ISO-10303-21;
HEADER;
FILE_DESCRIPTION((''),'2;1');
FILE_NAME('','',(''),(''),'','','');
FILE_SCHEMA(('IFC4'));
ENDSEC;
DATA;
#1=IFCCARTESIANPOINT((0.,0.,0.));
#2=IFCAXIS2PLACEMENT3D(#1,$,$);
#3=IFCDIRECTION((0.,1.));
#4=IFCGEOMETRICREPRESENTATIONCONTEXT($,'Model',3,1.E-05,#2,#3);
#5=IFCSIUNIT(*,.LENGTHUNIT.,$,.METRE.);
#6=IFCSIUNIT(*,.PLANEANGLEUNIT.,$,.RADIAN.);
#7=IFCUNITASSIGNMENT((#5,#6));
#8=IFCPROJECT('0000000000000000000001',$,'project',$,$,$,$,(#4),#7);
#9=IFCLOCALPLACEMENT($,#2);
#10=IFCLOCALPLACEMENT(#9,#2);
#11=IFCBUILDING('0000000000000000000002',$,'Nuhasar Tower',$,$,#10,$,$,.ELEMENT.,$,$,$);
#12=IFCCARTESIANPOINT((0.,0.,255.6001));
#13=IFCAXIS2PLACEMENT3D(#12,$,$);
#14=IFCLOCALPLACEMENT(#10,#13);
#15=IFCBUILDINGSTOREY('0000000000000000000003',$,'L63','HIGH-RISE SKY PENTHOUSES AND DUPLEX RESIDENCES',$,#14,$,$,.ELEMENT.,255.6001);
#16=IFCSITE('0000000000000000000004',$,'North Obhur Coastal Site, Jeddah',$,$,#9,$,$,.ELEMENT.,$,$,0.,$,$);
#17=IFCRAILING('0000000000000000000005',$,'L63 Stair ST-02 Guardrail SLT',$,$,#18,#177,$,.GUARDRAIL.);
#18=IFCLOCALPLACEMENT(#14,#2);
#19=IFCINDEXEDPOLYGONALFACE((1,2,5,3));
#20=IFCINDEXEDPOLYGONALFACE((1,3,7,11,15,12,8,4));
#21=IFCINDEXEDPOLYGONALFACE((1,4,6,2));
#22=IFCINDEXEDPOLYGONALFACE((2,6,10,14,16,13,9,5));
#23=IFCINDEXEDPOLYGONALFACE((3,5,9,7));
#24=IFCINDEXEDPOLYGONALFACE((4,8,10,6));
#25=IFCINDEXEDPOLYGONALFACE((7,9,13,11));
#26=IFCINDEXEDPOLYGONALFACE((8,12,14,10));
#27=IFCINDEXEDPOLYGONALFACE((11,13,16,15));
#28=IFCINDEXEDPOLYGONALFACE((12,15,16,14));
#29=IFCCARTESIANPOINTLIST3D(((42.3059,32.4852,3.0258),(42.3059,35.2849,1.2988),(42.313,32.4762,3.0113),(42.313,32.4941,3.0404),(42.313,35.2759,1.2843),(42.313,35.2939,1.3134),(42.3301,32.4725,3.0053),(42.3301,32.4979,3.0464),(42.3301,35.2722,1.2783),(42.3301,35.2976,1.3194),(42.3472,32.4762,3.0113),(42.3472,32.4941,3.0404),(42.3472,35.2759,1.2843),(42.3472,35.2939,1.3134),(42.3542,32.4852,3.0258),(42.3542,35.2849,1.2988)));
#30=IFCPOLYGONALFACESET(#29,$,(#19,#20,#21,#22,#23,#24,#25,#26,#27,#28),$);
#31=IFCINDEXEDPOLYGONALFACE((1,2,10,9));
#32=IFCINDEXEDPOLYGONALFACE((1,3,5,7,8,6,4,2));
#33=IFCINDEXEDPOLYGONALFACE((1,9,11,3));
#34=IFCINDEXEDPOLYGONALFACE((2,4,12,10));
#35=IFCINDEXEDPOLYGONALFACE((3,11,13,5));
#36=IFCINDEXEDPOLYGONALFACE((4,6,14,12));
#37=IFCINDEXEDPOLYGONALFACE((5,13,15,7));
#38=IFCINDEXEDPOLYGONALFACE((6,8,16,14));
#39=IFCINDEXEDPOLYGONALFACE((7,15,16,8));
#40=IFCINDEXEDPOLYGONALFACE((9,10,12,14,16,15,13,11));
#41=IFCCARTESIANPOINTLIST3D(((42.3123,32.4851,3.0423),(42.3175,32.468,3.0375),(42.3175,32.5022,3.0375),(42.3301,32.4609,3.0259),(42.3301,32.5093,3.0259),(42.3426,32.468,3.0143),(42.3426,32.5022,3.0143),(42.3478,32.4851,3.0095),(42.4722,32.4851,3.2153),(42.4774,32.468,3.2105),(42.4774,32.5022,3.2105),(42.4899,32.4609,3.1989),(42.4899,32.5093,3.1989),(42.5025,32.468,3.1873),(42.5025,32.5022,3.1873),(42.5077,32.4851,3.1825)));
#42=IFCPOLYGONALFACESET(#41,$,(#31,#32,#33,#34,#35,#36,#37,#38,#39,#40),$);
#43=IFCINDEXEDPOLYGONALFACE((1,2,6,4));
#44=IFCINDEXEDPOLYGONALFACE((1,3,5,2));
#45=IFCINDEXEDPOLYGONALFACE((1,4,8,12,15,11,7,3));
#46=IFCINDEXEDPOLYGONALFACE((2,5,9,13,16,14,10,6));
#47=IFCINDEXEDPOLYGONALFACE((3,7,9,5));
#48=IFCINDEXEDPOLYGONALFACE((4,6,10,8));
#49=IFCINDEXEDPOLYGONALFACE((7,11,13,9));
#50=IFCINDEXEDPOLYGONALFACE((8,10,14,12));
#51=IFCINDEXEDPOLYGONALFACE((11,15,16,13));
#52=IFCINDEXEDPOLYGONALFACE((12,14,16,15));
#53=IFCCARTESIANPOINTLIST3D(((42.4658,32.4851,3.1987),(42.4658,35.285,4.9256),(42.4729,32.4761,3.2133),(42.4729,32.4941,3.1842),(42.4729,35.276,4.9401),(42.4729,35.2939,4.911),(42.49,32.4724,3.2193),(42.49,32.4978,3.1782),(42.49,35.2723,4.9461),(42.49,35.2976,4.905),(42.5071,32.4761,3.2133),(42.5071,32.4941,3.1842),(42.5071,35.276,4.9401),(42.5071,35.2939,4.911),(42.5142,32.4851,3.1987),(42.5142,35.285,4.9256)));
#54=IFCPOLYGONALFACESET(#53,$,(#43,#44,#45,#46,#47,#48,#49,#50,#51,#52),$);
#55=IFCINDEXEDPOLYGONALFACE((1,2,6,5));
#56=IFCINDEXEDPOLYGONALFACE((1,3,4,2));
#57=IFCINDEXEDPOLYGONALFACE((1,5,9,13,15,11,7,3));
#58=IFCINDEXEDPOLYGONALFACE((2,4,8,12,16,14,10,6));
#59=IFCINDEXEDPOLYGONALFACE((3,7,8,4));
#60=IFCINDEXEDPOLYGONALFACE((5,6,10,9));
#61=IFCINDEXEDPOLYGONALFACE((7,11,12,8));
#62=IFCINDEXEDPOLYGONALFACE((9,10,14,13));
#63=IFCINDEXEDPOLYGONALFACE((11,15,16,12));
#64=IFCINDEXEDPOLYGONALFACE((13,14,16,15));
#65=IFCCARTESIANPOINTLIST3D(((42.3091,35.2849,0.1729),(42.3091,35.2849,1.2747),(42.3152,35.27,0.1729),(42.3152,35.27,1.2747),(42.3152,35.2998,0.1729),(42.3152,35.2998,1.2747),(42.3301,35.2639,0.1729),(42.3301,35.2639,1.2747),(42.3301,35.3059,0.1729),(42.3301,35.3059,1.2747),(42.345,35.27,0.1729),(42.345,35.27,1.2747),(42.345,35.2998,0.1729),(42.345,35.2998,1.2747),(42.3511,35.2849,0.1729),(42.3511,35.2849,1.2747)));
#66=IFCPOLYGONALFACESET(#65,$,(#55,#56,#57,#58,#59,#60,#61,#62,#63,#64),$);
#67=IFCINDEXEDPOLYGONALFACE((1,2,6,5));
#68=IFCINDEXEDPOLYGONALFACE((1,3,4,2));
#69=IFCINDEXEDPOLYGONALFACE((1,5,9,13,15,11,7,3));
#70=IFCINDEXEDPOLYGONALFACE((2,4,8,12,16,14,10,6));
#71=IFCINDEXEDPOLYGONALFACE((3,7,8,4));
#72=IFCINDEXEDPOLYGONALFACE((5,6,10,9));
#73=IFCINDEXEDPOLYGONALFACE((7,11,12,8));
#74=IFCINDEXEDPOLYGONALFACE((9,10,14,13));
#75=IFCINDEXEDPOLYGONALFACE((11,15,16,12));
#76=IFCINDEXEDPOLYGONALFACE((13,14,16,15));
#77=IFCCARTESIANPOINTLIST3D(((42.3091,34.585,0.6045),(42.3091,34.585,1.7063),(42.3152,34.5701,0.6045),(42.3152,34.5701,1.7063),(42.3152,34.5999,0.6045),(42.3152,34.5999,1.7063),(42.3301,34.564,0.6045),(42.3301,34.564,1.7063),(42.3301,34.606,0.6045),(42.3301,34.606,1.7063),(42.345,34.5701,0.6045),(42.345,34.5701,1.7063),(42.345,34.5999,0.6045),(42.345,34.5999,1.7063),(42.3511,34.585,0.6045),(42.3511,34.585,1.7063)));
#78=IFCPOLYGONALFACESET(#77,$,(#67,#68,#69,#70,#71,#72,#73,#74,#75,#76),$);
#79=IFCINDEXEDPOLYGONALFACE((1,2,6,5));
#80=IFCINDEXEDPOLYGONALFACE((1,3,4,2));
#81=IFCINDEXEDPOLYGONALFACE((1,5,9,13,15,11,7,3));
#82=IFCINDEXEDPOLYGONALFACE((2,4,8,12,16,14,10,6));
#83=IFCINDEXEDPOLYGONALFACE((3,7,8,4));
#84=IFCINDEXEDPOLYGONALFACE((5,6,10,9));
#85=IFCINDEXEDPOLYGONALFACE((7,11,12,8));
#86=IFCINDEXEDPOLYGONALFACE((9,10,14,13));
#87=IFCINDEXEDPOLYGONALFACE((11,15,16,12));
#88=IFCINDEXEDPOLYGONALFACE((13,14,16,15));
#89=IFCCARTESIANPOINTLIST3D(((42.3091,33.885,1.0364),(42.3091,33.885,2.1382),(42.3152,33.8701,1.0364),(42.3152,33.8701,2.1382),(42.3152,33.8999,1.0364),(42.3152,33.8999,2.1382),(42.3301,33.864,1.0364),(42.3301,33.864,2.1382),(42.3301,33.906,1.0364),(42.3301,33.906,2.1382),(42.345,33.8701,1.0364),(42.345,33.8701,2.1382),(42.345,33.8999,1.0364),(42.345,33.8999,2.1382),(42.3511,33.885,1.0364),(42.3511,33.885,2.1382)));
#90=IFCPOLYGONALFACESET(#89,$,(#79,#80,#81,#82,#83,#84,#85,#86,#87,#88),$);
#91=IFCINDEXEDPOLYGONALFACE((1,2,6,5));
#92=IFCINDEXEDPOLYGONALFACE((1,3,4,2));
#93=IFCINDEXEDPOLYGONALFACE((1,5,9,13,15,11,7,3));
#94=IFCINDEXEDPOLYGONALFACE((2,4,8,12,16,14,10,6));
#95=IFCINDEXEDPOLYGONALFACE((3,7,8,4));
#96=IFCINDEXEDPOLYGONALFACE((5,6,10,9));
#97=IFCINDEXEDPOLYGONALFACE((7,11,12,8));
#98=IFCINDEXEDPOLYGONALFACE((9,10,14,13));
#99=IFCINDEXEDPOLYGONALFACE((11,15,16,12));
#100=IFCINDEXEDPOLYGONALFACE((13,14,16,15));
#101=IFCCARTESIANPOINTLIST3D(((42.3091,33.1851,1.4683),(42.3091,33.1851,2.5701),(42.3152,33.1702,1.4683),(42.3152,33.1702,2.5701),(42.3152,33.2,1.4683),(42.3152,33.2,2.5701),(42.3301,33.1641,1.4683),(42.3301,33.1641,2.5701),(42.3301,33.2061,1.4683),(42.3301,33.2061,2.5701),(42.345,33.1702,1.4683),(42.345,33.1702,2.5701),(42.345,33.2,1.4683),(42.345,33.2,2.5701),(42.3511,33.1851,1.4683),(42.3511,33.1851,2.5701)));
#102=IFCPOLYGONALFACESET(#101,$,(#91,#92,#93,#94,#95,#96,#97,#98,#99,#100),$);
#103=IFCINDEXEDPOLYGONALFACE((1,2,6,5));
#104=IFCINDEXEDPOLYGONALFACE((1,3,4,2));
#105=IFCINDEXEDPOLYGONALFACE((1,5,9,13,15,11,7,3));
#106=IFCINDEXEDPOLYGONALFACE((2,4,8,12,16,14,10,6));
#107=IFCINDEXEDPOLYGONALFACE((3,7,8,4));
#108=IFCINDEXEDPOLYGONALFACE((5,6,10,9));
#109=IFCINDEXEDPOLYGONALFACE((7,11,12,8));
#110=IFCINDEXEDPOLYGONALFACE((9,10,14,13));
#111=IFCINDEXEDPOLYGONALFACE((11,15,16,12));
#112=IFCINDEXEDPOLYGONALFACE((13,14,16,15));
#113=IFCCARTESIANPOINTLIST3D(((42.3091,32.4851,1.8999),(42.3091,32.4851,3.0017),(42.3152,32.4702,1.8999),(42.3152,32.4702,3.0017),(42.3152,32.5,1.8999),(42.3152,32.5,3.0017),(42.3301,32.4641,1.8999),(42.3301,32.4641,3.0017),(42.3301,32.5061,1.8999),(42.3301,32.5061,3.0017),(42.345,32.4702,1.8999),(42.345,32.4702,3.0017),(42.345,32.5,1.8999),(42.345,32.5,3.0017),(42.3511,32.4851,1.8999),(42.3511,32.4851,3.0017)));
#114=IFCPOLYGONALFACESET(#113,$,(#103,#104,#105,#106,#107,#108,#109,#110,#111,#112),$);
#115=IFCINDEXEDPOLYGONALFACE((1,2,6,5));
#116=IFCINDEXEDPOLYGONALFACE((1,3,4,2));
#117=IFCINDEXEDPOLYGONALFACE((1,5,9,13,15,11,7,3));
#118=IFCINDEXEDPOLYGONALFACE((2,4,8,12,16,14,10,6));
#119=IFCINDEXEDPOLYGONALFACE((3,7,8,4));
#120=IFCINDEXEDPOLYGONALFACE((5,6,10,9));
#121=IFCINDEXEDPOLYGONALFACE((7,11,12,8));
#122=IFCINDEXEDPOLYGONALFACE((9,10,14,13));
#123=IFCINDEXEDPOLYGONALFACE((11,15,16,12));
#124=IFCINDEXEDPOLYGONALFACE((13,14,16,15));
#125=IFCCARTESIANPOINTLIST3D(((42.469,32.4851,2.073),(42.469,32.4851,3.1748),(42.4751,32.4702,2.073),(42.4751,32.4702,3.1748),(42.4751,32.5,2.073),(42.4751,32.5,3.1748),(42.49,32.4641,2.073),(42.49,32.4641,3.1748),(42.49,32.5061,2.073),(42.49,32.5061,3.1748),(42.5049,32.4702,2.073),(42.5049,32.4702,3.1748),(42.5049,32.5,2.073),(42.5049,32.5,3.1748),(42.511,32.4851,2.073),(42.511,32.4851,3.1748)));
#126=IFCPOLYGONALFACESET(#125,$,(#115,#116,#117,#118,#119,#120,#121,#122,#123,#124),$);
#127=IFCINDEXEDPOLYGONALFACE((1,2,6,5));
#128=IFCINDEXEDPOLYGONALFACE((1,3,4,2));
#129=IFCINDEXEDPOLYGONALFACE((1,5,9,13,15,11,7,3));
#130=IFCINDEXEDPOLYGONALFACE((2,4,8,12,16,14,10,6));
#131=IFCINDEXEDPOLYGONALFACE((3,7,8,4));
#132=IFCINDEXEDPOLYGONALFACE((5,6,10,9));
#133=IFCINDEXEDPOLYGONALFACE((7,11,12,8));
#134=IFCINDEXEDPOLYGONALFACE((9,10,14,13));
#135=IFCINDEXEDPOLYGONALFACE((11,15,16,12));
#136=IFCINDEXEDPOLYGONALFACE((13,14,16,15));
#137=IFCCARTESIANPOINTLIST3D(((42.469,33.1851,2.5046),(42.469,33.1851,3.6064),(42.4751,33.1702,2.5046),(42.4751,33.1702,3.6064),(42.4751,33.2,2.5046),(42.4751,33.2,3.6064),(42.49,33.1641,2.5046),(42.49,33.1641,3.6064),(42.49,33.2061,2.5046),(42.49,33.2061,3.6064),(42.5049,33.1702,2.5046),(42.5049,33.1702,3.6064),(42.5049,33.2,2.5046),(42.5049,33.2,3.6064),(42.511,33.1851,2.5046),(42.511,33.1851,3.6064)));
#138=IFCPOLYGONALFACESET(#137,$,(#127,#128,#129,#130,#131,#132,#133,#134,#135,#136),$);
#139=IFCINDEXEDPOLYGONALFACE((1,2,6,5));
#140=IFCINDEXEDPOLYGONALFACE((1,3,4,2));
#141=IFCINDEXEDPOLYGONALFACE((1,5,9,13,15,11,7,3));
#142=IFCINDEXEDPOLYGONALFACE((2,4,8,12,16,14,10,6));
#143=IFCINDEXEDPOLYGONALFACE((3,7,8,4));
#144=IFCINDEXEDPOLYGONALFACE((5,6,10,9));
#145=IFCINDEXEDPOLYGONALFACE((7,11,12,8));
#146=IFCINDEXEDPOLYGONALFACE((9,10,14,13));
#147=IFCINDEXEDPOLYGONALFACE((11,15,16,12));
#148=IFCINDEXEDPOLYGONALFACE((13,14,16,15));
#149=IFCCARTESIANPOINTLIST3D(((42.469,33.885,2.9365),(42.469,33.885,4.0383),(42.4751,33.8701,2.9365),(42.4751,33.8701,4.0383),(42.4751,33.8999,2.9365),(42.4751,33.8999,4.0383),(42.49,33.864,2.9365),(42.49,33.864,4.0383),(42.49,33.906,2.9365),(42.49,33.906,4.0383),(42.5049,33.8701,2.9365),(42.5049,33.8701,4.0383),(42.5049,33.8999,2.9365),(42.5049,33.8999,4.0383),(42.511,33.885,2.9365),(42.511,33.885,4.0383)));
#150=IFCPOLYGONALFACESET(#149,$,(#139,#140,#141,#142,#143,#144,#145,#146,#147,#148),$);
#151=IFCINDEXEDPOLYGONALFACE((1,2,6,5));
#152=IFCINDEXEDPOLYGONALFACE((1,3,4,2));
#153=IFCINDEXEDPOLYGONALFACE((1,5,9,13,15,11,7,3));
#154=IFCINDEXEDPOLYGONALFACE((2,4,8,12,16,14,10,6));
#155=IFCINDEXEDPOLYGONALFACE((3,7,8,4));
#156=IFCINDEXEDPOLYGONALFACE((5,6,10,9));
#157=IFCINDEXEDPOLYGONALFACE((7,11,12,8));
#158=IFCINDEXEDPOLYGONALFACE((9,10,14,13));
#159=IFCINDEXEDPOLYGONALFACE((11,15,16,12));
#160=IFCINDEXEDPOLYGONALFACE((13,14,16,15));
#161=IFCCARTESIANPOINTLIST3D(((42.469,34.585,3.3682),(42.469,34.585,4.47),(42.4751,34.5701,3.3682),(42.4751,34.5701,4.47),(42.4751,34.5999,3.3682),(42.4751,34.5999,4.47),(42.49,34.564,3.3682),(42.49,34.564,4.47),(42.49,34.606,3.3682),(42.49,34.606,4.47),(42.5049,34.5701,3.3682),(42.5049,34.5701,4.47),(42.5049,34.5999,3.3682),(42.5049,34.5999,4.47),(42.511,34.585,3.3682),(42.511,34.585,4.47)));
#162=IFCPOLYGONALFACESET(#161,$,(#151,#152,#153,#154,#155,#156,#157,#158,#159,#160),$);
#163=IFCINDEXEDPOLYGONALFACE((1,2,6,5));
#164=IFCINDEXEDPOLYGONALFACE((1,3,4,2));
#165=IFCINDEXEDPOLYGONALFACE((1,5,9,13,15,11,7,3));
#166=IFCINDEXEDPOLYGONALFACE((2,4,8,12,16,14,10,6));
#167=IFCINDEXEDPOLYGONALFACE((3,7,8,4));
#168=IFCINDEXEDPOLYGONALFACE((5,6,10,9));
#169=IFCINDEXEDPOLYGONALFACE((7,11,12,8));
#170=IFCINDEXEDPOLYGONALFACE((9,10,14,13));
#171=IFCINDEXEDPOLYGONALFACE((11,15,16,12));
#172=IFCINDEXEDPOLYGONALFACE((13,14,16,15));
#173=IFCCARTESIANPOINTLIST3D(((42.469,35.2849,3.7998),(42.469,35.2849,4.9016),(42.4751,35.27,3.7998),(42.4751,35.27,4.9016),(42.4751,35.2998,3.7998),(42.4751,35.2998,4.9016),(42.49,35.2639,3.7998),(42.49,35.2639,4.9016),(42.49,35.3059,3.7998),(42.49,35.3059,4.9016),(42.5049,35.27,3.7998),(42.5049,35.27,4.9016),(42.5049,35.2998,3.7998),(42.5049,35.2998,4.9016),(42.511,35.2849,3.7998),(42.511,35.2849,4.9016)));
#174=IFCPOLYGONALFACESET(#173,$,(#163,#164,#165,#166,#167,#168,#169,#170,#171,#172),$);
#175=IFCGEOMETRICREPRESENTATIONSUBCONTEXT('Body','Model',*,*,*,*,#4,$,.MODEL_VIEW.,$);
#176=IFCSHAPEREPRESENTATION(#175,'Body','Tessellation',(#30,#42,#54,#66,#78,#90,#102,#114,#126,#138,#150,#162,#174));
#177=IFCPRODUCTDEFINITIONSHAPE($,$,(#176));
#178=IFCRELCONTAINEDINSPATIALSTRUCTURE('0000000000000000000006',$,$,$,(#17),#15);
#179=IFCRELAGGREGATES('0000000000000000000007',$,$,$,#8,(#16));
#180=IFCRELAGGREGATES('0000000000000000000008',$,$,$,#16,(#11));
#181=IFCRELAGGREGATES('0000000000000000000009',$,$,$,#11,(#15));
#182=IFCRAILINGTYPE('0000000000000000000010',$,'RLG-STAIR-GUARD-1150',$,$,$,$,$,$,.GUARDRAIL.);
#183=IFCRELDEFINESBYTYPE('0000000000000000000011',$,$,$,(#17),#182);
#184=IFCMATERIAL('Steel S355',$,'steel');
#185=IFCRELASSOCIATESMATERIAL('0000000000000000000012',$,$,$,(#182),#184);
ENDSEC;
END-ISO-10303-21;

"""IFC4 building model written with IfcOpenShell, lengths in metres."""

from ifc_helpers import new_model, si_unit, direction, frame, origin, place, context, subcontext, project, spatial, polyline, outline, extrude, material, type_object, element, save


model = new_model("IFC4")

# Units and contexts
model_context = context("Model", 3, precision=1e-05, world=origin(), true_north=direction((0.0, 1.0)))
body_context = subcontext(model_context, "Body", "Model", "MODEL_VIEW")
ifc_project = project(units=[si_unit("LENGTHUNIT", "METRE"), si_unit("PLANEANGLEUNIT", "RADIAN")], contexts=[model_context])

# Site, building, storey
site_placement = place(None, origin())
site = spatial("IfcSite", under=ifc_project, at=site_placement, Name="North Obhur Coastal Site, Jeddah", CompositionType="ELEMENT", RefElevation=0.0)
building_placement = place(site_placement, origin())
building = spatial("IfcBuilding", under=site, at=building_placement, Name="Nuhasar Tower", CompositionType="ELEMENT")
storey_placement = place(building_placement, frame((0.0, 0.0, 255.6001)))
storey = spatial("IfcBuildingStorey", under=building, at=storey_placement, Name="L63", Description="HIGH-RISE SKY PENTHOUSES AND DUPLEX RESIDENCES", CompositionType="ELEMENT", Elevation=255.6001)

# Shared definitions
ifc_material_1 = material(Name="Steel S355", Category="steel")

# Railing
railing_type_1 = type_object("IfcRailingType", Name="RLG-STAIR-GUARD-1150", PredefinedType="GUARDRAIL", material=ifc_material_1)
railing_1_placement = place(storey_placement, frame((42.3301, 35.2849, 0.1729)))
element("IfcRailing", 1, at=railing_1_placement, inside=storey, type_object=railing_type_1, Name="L63 Stair ST-02 Guardrail SLT", PredefinedType="GUARDRAIL", context=body_context, shape_type="SweptSolid", body=[
    extrude(outline(polyline([(0.0242, 0.0), (0.0171, 0.0171), (0.0, 0.0242), (-0.0171, 0.0171), (-0.0242, 0.0), (-0.0171, -0.0171), (0.0, -0.0242), (0.0171, -0.0171), (0.0242, 0.0)])), frame((0.0, 0.0, 1.126), z_axis=(0.0, -0.851102, 0.525), x_axis=(1.0, 0.0, 0.0)), (0.0, 0.0, 1.0), 3.2896),
    extrude(outline(polyline([(0.0242, 0.0), (0.0171, 0.0171), (0.0, 0.0242), (-0.0171, 0.0171), (-0.0242, 0.0), (-0.0171, -0.0171), (0.0, -0.0242), (0.0171, -0.0171), (0.0242, 0.0)])), frame((0.0, -2.7998, 2.853), z_axis=(0.678581, 0.0, 0.734525), x_axis=(0.0, 1.0, 0.0)), (0.0, 0.0, 1.0), 0.2356),
    extrude(outline(polyline([(0.0242, 0.0), (0.0171, 0.0171), (0.0, 0.0242), (-0.0171, 0.0171), (-0.0242, 0.0), (-0.0171, -0.0171), (0.0, -0.0242), (0.0171, -0.0171), (0.0242, 0.0)])), frame((0.1599, -2.7998, 3.0259), z_axis=(0.0, 0.851135, 0.524946), x_axis=(-1.0, 0.0, 0.0)), (0.0, 0.0, 1.0), 3.2896),
    extrude(outline(polyline([(0.021, 0.0), (0.0149, 0.0149), (0.0, 0.021), (-0.0149, 0.0149), (-0.021, 0.0), (-0.0149, -0.0149), (0.0, -0.021), (0.0149, -0.0149), (0.021, 0.0)])), origin(), (0.0, 0.0, 1.0), 1.1018),
    extrude(outline(polyline([(0.021, 0.0), (0.0149, 0.0149), (0.0, 0.021), (-0.0149, 0.0149), (-0.021, 0.0), (-0.0149, -0.0149), (0.0, -0.021), (0.0149, -0.0149), (0.021, 0.0)])), frame((0.0, -0.7, 0.4316)), (0.0, 0.0, 1.0), 1.1018),
    extrude(outline(polyline([(0.021, 0.0), (0.0149, 0.0149), (0.0, 0.021), (-0.0149, 0.0149), (-0.021, 0.0), (-0.0149, -0.0149), (0.0, -0.021), (0.0149, -0.0149), (0.021, 0.0)])), frame((0.0, -1.3999, 0.8635)), (0.0, 0.0, 1.0), 1.1018),
    extrude(outline(polyline([(0.021, 0.0), (0.0149, 0.0149), (0.0, 0.021), (-0.0149, 0.0149), (-0.021, 0.0), (-0.0149, -0.0149), (0.0, -0.021), (0.0149, -0.0149), (0.021, 0.0)])), frame((0.0, -2.0999, 1.2954)), (0.0, 0.0, 1.0), 1.1018),
    extrude(outline(polyline([(0.021, 0.0), (0.0149, 0.0149), (0.0, 0.021), (-0.0149, 0.0149), (-0.021, 0.0), (-0.0149, -0.0149), (0.0, -0.021), (0.0149, -0.0149), (0.021, 0.0)])), frame((0.0, -2.7998, 1.7271)), (0.0, 0.0, 1.0), 1.1018),
    extrude(outline(polyline([(0.021, 0.0), (0.0149, 0.0149), (0.0, 0.021), (-0.0149, 0.0149), (-0.021, 0.0), (-0.0149, -0.0149), (0.0, -0.021), (0.0149, -0.0149), (0.021, 0.0)])), frame((0.1599, -2.7998, 1.9001)), (0.0, 0.0, 1.0), 1.1018),
    extrude(outline(polyline([(0.021, 0.0), (0.0149, 0.0149), (0.0, 0.021), (-0.0149, 0.0149), (-0.021, 0.0), (-0.0149, -0.0149), (0.0, -0.021), (0.0149, -0.0149), (0.021, 0.0)])), frame((0.1599, -2.0999, 2.3318)), (0.0, 0.0, 1.0), 1.1018),
    extrude(outline(polyline([(0.021, 0.0), (0.0149, 0.0149), (0.0, 0.021), (-0.0149, 0.0149), (-0.021, 0.0), (-0.0149, -0.0149), (0.0, -0.021), (0.0149, -0.0149), (0.021, 0.0)])), frame((0.1599, -1.3999, 2.7637)), (0.0, 0.0, 1.0), 1.1018),
    extrude(outline(polyline([(0.021, 0.0), (0.0149, 0.0149), (0.0, 0.021), (-0.0149, 0.0149), (-0.021, 0.0), (-0.0149, -0.0149), (0.0, -0.021), (0.0149, -0.0149), (0.021, 0.0)])), frame((0.1599, -0.7, 3.1953)), (0.0, 0.0, 1.0), 1.1018),
    extrude(outline(polyline([(0.021, 0.0), (0.0149, 0.0149), (0.0, 0.021), (-0.0149, 0.0149), (-0.021, 0.0), (-0.0149, -0.0149), (0.0, -0.021), (0.0149, -0.0149), (0.021, 0.0)])), frame((0.1599, 0.0, 3.627)), (0.0, 0.0, 1.0), 1.1018),
])

save(model, "model.ifc")
